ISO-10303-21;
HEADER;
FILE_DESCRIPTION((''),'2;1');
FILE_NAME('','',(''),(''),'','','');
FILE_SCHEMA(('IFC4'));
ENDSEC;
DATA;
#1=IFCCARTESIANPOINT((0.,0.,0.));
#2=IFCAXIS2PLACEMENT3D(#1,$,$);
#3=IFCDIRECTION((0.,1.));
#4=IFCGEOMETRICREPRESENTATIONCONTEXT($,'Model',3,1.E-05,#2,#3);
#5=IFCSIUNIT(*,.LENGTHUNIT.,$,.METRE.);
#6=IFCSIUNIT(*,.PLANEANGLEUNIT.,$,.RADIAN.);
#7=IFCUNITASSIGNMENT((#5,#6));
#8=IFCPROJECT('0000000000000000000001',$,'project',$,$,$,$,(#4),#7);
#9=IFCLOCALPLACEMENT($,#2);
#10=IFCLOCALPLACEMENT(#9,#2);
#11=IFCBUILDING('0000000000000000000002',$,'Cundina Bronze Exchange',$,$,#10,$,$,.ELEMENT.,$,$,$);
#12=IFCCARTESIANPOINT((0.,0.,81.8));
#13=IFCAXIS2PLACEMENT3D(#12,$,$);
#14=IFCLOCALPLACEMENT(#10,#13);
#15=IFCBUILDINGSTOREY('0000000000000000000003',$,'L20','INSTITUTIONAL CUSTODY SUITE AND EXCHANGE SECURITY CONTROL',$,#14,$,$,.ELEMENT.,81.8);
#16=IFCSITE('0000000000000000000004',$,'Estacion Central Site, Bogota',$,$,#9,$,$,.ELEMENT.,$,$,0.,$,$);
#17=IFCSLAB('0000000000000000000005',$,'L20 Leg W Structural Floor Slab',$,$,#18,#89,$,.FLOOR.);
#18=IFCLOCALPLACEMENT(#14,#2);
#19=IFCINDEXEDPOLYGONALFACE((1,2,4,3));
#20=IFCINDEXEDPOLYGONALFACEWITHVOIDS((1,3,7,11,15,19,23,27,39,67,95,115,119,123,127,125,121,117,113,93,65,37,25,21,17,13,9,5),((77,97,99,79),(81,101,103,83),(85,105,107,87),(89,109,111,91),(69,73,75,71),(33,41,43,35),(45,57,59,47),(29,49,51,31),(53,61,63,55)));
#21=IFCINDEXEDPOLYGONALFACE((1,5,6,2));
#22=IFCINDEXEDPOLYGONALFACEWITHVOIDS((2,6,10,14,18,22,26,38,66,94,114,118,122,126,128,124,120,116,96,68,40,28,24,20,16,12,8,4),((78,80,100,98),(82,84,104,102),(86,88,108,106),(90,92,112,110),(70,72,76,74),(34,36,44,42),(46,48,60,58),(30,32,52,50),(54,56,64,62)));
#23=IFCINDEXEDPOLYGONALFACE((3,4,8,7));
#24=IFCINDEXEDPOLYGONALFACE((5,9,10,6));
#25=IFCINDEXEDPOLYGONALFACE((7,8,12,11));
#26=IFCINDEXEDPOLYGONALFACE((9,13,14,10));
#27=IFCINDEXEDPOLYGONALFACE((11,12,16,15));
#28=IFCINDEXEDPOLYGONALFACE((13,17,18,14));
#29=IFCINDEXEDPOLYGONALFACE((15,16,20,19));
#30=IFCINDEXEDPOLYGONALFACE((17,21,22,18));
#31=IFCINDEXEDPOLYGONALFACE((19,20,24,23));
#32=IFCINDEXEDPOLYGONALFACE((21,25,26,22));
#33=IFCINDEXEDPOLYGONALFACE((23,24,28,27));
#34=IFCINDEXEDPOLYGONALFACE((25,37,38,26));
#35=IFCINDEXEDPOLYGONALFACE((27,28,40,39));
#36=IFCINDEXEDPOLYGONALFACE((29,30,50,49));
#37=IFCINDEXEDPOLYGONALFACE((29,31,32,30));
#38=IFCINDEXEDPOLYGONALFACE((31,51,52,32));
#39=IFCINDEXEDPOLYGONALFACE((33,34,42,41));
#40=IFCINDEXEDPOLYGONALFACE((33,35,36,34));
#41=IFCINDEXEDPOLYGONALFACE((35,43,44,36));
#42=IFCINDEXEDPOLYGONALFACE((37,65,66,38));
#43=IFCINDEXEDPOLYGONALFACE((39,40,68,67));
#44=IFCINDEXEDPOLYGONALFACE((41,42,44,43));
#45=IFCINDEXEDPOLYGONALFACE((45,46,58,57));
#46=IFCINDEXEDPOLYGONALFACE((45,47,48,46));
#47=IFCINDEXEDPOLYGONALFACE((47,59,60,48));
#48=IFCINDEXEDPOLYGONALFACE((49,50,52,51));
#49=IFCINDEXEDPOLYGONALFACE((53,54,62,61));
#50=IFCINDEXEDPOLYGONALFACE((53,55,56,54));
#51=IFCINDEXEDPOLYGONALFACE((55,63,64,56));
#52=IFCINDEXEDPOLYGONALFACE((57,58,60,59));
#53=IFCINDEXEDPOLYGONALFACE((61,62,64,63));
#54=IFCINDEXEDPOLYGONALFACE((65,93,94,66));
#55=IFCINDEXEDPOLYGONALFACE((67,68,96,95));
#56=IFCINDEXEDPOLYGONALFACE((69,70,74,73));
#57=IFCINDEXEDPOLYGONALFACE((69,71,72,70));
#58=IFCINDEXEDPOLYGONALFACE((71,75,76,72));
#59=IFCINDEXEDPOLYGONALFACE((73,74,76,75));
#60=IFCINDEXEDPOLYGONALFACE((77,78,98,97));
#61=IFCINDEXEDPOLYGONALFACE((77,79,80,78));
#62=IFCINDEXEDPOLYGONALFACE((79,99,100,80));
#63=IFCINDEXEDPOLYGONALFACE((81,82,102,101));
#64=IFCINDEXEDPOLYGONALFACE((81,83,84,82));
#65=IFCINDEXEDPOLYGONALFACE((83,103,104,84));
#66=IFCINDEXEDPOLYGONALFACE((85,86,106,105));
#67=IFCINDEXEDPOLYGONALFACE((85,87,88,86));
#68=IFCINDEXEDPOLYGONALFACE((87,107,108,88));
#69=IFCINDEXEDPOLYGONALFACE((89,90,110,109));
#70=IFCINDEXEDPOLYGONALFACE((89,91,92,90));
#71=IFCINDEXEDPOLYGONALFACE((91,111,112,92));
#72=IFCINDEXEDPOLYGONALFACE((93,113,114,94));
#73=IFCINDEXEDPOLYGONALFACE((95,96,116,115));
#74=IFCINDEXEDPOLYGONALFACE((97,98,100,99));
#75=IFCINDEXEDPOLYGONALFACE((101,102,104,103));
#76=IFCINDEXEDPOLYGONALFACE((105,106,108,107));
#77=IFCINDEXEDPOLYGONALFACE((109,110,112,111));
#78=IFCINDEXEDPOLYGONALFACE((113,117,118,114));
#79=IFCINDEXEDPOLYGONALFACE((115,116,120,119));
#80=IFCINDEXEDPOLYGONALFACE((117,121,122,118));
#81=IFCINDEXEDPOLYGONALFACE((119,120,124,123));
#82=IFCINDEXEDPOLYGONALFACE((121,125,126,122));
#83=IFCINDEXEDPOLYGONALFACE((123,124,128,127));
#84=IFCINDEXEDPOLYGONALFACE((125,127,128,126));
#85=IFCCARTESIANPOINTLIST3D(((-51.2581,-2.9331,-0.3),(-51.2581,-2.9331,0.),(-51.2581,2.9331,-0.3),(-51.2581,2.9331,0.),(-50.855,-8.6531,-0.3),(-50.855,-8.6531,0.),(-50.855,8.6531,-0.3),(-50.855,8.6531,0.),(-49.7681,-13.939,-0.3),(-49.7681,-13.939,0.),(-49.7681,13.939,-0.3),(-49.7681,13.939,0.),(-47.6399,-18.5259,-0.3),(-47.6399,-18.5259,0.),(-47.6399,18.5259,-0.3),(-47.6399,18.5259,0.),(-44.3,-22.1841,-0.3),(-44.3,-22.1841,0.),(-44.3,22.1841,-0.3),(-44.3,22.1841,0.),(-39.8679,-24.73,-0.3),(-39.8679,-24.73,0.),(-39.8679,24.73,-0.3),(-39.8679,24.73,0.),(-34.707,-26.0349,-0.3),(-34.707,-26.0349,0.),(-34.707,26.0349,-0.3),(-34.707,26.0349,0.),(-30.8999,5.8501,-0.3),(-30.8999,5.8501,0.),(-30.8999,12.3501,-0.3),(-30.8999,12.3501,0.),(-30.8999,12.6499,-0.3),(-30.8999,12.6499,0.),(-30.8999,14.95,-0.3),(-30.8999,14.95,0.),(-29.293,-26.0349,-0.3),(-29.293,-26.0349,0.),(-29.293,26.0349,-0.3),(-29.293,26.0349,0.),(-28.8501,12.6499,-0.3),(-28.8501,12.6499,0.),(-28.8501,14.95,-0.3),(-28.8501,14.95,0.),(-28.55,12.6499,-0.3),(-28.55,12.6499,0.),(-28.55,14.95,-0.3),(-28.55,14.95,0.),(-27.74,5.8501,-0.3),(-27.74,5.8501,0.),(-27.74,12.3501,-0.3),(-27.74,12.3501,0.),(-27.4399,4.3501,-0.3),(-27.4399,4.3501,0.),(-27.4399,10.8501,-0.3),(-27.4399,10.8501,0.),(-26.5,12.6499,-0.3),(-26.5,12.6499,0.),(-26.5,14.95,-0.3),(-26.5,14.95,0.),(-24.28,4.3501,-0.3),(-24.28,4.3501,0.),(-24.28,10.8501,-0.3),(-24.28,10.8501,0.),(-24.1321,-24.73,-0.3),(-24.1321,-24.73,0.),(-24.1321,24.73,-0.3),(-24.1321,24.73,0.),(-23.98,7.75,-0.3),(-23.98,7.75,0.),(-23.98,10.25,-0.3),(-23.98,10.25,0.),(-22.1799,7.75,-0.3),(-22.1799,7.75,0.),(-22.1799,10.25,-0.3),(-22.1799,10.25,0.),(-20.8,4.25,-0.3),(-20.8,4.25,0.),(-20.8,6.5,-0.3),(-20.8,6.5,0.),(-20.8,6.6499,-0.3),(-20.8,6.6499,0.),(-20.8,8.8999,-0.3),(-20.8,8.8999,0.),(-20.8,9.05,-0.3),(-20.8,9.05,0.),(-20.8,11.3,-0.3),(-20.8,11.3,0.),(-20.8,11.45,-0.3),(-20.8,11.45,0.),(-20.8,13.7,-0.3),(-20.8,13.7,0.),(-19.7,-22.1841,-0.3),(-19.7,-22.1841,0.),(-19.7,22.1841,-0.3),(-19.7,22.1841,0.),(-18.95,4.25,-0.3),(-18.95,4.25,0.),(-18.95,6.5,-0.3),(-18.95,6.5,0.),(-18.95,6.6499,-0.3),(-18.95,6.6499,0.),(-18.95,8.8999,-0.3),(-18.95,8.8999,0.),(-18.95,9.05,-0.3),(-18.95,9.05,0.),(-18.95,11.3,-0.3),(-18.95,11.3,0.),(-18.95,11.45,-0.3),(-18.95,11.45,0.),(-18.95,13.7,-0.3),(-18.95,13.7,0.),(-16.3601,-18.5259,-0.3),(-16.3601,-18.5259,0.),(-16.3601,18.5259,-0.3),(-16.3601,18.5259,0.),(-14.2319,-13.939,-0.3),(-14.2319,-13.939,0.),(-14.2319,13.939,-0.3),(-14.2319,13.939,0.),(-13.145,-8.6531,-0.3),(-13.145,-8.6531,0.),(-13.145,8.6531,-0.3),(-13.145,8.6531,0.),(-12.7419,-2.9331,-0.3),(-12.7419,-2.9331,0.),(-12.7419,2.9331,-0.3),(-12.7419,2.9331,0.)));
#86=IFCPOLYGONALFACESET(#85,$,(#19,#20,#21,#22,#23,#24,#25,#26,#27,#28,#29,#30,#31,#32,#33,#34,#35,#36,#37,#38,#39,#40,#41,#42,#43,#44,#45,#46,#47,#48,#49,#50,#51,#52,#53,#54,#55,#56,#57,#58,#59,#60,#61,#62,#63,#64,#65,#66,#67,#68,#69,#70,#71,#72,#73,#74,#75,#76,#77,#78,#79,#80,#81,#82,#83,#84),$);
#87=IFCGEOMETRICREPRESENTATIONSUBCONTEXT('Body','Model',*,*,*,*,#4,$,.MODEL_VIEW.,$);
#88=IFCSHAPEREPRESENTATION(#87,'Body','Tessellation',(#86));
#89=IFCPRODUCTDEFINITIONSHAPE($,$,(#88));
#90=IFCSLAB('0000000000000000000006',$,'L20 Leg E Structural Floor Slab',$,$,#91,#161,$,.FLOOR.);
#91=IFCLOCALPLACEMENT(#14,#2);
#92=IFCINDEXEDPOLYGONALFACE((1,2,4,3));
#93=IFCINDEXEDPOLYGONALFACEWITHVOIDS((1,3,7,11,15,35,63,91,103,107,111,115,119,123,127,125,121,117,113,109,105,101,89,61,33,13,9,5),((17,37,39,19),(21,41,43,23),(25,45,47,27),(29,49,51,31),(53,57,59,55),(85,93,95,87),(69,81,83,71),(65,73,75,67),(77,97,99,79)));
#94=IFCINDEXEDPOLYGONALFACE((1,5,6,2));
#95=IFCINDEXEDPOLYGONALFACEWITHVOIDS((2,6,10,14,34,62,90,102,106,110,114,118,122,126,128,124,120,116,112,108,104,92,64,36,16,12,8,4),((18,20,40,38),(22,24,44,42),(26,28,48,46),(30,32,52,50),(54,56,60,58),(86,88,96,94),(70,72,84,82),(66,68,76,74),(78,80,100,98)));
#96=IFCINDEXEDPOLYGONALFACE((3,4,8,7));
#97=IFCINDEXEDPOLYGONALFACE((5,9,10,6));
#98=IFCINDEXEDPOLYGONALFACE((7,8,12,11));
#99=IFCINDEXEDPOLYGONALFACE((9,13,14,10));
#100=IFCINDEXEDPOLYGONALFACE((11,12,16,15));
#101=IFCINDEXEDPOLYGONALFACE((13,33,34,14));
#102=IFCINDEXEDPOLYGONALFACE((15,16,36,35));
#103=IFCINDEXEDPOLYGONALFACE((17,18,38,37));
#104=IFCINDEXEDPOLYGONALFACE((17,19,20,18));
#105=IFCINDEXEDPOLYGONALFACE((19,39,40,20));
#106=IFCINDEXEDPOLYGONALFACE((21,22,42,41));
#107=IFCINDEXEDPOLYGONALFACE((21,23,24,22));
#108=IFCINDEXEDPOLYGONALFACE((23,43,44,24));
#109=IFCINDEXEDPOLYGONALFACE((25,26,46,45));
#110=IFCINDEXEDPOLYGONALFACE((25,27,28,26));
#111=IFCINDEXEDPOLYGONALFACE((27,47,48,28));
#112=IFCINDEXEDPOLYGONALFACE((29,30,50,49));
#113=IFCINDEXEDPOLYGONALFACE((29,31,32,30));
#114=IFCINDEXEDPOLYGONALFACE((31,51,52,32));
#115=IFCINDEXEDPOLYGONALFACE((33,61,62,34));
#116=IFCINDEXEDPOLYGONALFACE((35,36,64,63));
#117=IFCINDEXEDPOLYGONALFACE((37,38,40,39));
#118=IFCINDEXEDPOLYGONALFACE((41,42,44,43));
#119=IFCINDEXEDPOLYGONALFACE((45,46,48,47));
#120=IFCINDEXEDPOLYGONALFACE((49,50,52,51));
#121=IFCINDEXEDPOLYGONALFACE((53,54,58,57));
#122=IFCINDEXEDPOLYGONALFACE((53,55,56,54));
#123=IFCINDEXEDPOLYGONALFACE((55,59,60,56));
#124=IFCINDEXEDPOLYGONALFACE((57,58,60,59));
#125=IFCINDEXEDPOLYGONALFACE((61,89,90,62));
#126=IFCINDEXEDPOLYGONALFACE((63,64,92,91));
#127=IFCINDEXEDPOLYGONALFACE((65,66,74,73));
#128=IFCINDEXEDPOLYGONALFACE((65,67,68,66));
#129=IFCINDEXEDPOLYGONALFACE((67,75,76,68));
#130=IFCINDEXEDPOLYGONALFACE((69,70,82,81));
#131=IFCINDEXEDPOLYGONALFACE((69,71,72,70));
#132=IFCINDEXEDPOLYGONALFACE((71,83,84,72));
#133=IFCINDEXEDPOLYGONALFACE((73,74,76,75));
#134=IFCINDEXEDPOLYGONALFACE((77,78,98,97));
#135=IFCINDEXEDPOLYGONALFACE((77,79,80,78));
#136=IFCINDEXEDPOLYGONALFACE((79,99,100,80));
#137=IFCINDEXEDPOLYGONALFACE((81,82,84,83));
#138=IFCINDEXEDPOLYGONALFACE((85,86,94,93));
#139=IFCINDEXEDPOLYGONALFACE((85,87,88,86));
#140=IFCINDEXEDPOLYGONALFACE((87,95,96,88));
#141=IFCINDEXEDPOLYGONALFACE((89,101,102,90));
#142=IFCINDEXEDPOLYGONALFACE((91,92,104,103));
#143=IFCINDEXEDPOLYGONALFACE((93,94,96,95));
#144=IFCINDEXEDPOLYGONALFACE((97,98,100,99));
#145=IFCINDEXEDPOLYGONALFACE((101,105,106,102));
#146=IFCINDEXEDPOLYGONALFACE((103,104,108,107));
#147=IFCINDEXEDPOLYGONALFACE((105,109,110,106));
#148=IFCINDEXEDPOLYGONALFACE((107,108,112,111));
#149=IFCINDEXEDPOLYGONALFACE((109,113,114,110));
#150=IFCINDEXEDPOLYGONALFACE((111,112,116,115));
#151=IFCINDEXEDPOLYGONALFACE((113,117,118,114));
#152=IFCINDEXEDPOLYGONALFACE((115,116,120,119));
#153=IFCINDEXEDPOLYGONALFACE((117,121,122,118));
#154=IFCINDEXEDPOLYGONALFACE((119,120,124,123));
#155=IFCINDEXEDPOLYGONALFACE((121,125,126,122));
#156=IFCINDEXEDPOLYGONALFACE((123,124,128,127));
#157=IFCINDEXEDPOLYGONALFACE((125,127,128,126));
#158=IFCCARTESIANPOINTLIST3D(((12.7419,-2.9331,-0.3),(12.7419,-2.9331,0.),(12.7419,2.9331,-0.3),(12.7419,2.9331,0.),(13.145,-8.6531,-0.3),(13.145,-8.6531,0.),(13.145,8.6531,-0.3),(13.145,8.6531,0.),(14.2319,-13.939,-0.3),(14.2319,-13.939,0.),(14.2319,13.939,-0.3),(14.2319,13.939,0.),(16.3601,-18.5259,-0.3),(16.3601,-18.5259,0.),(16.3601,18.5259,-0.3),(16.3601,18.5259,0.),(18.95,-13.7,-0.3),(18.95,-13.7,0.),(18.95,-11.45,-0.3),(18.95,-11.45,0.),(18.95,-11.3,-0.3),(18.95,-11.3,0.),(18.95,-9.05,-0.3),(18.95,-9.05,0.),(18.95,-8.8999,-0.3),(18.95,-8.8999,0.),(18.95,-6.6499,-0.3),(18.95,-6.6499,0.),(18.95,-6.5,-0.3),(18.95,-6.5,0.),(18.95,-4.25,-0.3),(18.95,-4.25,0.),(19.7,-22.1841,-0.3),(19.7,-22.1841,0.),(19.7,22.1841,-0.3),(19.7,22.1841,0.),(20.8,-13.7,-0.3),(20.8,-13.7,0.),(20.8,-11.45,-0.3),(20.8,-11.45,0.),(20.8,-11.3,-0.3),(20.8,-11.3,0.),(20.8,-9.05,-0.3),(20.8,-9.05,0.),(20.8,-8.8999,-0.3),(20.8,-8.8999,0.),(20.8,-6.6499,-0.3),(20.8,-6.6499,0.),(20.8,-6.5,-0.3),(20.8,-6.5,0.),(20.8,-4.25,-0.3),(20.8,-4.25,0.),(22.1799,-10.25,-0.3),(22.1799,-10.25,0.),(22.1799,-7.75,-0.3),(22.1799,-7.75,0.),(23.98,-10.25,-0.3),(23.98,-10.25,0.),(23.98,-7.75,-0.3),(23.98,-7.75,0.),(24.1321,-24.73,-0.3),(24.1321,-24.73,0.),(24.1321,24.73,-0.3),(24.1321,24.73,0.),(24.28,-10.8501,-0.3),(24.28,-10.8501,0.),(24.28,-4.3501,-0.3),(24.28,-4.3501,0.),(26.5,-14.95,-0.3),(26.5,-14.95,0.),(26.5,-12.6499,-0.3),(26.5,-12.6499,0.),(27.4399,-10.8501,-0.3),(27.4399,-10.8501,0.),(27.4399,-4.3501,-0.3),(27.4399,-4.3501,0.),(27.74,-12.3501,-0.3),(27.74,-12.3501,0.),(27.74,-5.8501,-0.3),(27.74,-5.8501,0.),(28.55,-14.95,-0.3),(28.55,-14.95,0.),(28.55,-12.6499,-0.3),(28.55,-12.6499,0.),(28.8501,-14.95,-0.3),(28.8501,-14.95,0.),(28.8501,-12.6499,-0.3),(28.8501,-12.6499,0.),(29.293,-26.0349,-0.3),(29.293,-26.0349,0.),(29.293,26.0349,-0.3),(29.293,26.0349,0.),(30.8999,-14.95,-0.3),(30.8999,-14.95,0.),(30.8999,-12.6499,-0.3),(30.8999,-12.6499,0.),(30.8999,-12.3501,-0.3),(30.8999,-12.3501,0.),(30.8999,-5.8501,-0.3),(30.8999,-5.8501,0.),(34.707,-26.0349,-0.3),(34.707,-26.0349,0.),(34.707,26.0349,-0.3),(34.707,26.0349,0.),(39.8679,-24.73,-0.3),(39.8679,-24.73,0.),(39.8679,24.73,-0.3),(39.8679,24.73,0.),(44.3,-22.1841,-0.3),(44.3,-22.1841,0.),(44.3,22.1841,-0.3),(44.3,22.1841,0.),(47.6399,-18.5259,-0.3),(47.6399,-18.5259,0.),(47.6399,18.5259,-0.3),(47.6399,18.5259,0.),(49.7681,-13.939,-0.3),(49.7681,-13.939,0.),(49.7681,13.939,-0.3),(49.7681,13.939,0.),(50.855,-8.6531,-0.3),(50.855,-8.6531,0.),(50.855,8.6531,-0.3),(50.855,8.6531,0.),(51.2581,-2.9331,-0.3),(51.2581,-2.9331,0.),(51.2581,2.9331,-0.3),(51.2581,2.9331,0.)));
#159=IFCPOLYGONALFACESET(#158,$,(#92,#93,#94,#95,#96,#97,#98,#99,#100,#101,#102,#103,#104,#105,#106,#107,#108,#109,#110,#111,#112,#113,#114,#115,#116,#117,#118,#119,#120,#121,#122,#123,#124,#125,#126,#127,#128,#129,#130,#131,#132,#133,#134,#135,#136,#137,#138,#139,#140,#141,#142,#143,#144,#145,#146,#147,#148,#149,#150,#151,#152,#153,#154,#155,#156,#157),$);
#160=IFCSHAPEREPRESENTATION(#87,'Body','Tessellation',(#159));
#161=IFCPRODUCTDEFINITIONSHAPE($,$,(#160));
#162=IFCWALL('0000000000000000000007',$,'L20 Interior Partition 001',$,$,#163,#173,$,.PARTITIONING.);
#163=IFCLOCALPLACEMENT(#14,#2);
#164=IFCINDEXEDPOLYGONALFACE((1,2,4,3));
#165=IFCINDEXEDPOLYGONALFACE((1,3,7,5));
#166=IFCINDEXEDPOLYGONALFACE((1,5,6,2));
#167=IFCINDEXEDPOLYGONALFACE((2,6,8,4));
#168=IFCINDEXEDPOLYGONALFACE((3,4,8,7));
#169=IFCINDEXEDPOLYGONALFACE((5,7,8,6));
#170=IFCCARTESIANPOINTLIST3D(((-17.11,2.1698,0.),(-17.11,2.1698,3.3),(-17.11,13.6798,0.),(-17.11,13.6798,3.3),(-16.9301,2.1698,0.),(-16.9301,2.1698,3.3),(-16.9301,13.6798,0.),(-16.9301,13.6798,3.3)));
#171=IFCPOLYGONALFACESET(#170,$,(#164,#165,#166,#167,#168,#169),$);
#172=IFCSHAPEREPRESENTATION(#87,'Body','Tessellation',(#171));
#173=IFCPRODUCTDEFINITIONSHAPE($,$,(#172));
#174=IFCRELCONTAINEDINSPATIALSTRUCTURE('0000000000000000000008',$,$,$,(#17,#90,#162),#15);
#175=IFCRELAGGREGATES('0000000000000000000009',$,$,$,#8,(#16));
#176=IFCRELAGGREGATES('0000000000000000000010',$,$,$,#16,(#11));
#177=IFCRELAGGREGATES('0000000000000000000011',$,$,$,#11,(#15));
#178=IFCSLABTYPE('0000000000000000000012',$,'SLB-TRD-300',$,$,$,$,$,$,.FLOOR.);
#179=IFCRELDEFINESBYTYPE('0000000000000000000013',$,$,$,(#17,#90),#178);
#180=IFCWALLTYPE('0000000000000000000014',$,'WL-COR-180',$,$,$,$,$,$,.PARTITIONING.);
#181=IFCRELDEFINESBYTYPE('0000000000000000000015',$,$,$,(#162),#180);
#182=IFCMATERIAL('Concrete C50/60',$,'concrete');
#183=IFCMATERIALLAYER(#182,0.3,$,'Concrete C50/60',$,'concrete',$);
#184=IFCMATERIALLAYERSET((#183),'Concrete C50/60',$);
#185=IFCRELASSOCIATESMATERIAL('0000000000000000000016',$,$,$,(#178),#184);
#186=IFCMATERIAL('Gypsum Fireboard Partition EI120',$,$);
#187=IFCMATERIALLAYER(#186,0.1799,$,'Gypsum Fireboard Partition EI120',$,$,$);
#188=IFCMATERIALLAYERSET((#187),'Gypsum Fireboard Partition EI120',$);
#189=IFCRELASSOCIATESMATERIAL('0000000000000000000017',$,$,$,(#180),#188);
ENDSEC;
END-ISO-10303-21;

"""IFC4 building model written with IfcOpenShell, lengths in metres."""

from ifc_helpers import new_model, si_unit, direction, frame, frame_2d, origin, place, context, subcontext, project, spatial, polyline, rectangle, outline, extrude, material, layer, layer_set, type_object, element, save


model = new_model("IFC4")

# Units and contexts
model_context = context("Model", 3, precision=1e-05, world=origin(), true_north=direction((0.0, 1.0)))
body_context = subcontext(model_context, "Body", "Model", "MODEL_VIEW")
ifc_project = project(units=[si_unit("LENGTHUNIT", "METRE"), si_unit("PLANEANGLEUNIT", "RADIAN")], contexts=[model_context])

# Site, building, storey
site_placement = place(None, origin())
site = spatial("IfcSite", under=ifc_project, at=site_placement, Name="Estacion Central Site, Bogota", CompositionType="ELEMENT", RefElevation=0.0)
building_placement = place(site_placement, origin())
building = spatial("IfcBuilding", under=site, at=building_placement, Name="Cundina Bronze Exchange", CompositionType="ELEMENT")
storey_placement = place(building_placement, frame((0.0, 0.0, 81.8)))
storey = spatial("IfcBuildingStorey", under=building, at=storey_placement, Name="L20", Description="INSTITUTIONAL CUSTODY SUITE AND EXCHANGE SECURITY CONTROL", CompositionType="ELEMENT", Elevation=81.8)

# Slabs
ifc_material_1 = material(Name="Concrete C50/60", Category="concrete")
ifc_layer_1 = layer(ifc_material_1, 0.3, Name="Concrete C50/60", Category="concrete")
ifc_layer_set_1 = layer_set([ifc_layer_1], Name="Concrete C50/60")
slab_type_1 = type_object("IfcSlabType", Name="SLB-TRD-300", PredefinedType="FLOOR", material=ifc_layer_set_1)
slab_1_placement = place(storey_placement, frame((0.0, 0.0, -0.3)))
element("IfcSlab", 1, at=slab_1_placement, inside=storey, type_object=slab_type_1, Name="L20 Leg W Structural Floor Slab", PredefinedType="FLOOR", context=body_context, shape_type="SweptSolid", body=[
    extrude(outline(polyline([(-12.7419, 2.9331), (-13.145, 8.6531), (-14.2319, 13.939), (-16.3601, 18.5259), (-19.7, 22.1841), (-24.1321, 24.73), (-29.293, 26.0349), (-34.707, 26.0349), (-39.8679, 24.73), (-44.3, 22.1841), (-47.6399, 18.5259), (-49.7681, 13.939), (-50.855, 8.6531), (-51.2581, 2.9331), (-51.2581, -2.9331), (-50.855, -8.6531), (-49.7681, -13.939), (-47.6399, -18.5259), (-44.3, -22.1841), (-39.8679, -24.73), (-34.707, -26.0349), (-29.293, -26.0349), (-24.1321, -24.73), (-19.7, -22.1841), (-16.3601, -18.5259), (-14.2319, -13.939), (-13.145, -8.6531), (-12.7419, -2.9331), (-12.7419, 2.9331)]), holes=[polyline([(-27.74, 5.8501), (-27.74, 12.3501), (-30.8999, 12.3501), (-30.8999, 5.8501), (-27.74, 5.8501)]), polyline([(-27.4399, 10.8501), (-27.4399, 4.3501), (-24.28, 4.3501), (-24.28, 10.8501), (-27.4399, 10.8501)]), polyline([(-23.98, 10.25), (-22.1799, 10.25), (-22.1799, 7.75), (-23.98, 7.75), (-23.98, 10.25)]), polyline([(-30.8999, 14.95), (-28.8501, 14.95), (-28.8501, 12.6499), (-30.8999, 12.6499), (-30.8999, 14.95)]), polyline([(-28.55, 14.95), (-26.5, 14.95), (-26.5, 12.6499), (-28.55, 12.6499), (-28.55, 14.95)]), polyline([(-20.8, 13.7), (-18.95, 13.7), (-18.95, 11.45), (-20.8, 11.45), (-20.8, 13.7)]), polyline([(-20.8, 11.3), (-18.95, 11.3), (-18.95, 9.05), (-20.8, 9.05), (-20.8, 11.3)]), polyline([(-20.8, 8.8999), (-18.95, 8.8999), (-18.95, 6.6499), (-20.8, 6.6499), (-20.8, 8.8999)]), polyline([(-20.8, 6.5), (-18.95, 6.5), (-18.95, 4.25), (-20.8, 4.25), (-20.8, 6.5)])]), origin(), (0.0, 0.0, 1.0), 0.3),
])
slab_2_placement = place(storey_placement, frame((0.0, 0.0, -0.3)))
element("IfcSlab", 2, at=slab_2_placement, inside=storey, type_object=slab_type_1, Name="L20 Leg E Structural Floor Slab", PredefinedType="FLOOR", context=body_context, shape_type="SweptSolid", body=[
    extrude(outline(polyline([(51.2581, 2.9331), (50.855, 8.6531), (49.7681, 13.939), (47.6399, 18.5259), (44.3, 22.1841), (39.8679, 24.73), (34.707, 26.0349), (29.293, 26.0349), (24.1321, 24.73), (19.7, 22.1841), (16.3601, 18.5259), (14.2319, 13.939), (13.145, 8.6531), (12.7419, 2.9331), (12.7419, -2.9331), (13.145, -8.6531), (14.2319, -13.939), (16.3601, -18.5259), (19.7, -22.1841), (24.1321, -24.73), (29.293, -26.0349), (34.707, -26.0349), (39.8679, -24.73), (44.3, -22.1841), (47.6399, -18.5259), (49.7681, -13.939), (50.855, -8.6531), (51.2581, -2.9331), (51.2581, 2.9331)]), holes=[polyline([(27.74, -5.8501), (27.74, -12.3501), (30.8999, -12.3501), (30.8999, -5.8501), (27.74, -5.8501)]), polyline([(27.4399, -10.8501), (27.4399, -4.3501), (24.28, -4.3501), (24.28, -10.8501), (27.4399, -10.8501)]), polyline([(22.1799, -7.75), (23.98, -7.75), (23.98, -10.25), (22.1799, -10.25), (22.1799, -7.75)]), polyline([(28.8501, -12.6499), (30.8999, -12.6499), (30.8999, -14.95), (28.8501, -14.95), (28.8501, -12.6499)]), polyline([(26.5, -12.6499), (28.55, -12.6499), (28.55, -14.95), (26.5, -14.95), (26.5, -12.6499)]), polyline([(18.95, -11.45), (20.8, -11.45), (20.8, -13.7), (18.95, -13.7), (18.95, -11.45)]), polyline([(18.95, -9.05), (20.8, -9.05), (20.8, -11.3), (18.95, -11.3), (18.95, -9.05)]), polyline([(18.95, -6.6499), (20.8, -6.6499), (20.8, -8.8999), (18.95, -8.8999), (18.95, -6.6499)]), polyline([(18.95, -4.25), (20.8, -4.25), (20.8, -6.5), (18.95, -6.5), (18.95, -4.25)])]), origin(), (0.0, 0.0, 1.0), 0.3),
])

# Wall
ifc_material_2 = material(Name="Gypsum Fireboard Partition EI120")
ifc_layer_2 = layer(ifc_material_2, 0.1799, Name="Gypsum Fireboard Partition EI120")
ifc_layer_set_2 = layer_set([ifc_layer_2], Name="Gypsum Fireboard Partition EI120")
wall_type = type_object("IfcWallType", Name="WL-COR-180", PredefinedType="PARTITIONING", material=ifc_layer_set_2)
wall_1_placement = place(storey_placement, frame((-17.02, 2.1699, 0.0), z_axis=(0.0, 0.0, 1.0), x_axis=(0.0, 1.0, 0.0)))
element("IfcWall", 3, at=wall_1_placement, inside=storey, type_object=wall_type, Name="L20 Interior Partition 001", PredefinedType="PARTITIONING", context=body_context, shape_type="SweptSolid", body=[
    extrude(rectangle(XDim=11.51, YDim=0.1799, at=frame_2d((5.7549, 0.0))), origin(), (0.0, 0.0, 1.0), 3.3),
])

save(model, "model.ifc")
